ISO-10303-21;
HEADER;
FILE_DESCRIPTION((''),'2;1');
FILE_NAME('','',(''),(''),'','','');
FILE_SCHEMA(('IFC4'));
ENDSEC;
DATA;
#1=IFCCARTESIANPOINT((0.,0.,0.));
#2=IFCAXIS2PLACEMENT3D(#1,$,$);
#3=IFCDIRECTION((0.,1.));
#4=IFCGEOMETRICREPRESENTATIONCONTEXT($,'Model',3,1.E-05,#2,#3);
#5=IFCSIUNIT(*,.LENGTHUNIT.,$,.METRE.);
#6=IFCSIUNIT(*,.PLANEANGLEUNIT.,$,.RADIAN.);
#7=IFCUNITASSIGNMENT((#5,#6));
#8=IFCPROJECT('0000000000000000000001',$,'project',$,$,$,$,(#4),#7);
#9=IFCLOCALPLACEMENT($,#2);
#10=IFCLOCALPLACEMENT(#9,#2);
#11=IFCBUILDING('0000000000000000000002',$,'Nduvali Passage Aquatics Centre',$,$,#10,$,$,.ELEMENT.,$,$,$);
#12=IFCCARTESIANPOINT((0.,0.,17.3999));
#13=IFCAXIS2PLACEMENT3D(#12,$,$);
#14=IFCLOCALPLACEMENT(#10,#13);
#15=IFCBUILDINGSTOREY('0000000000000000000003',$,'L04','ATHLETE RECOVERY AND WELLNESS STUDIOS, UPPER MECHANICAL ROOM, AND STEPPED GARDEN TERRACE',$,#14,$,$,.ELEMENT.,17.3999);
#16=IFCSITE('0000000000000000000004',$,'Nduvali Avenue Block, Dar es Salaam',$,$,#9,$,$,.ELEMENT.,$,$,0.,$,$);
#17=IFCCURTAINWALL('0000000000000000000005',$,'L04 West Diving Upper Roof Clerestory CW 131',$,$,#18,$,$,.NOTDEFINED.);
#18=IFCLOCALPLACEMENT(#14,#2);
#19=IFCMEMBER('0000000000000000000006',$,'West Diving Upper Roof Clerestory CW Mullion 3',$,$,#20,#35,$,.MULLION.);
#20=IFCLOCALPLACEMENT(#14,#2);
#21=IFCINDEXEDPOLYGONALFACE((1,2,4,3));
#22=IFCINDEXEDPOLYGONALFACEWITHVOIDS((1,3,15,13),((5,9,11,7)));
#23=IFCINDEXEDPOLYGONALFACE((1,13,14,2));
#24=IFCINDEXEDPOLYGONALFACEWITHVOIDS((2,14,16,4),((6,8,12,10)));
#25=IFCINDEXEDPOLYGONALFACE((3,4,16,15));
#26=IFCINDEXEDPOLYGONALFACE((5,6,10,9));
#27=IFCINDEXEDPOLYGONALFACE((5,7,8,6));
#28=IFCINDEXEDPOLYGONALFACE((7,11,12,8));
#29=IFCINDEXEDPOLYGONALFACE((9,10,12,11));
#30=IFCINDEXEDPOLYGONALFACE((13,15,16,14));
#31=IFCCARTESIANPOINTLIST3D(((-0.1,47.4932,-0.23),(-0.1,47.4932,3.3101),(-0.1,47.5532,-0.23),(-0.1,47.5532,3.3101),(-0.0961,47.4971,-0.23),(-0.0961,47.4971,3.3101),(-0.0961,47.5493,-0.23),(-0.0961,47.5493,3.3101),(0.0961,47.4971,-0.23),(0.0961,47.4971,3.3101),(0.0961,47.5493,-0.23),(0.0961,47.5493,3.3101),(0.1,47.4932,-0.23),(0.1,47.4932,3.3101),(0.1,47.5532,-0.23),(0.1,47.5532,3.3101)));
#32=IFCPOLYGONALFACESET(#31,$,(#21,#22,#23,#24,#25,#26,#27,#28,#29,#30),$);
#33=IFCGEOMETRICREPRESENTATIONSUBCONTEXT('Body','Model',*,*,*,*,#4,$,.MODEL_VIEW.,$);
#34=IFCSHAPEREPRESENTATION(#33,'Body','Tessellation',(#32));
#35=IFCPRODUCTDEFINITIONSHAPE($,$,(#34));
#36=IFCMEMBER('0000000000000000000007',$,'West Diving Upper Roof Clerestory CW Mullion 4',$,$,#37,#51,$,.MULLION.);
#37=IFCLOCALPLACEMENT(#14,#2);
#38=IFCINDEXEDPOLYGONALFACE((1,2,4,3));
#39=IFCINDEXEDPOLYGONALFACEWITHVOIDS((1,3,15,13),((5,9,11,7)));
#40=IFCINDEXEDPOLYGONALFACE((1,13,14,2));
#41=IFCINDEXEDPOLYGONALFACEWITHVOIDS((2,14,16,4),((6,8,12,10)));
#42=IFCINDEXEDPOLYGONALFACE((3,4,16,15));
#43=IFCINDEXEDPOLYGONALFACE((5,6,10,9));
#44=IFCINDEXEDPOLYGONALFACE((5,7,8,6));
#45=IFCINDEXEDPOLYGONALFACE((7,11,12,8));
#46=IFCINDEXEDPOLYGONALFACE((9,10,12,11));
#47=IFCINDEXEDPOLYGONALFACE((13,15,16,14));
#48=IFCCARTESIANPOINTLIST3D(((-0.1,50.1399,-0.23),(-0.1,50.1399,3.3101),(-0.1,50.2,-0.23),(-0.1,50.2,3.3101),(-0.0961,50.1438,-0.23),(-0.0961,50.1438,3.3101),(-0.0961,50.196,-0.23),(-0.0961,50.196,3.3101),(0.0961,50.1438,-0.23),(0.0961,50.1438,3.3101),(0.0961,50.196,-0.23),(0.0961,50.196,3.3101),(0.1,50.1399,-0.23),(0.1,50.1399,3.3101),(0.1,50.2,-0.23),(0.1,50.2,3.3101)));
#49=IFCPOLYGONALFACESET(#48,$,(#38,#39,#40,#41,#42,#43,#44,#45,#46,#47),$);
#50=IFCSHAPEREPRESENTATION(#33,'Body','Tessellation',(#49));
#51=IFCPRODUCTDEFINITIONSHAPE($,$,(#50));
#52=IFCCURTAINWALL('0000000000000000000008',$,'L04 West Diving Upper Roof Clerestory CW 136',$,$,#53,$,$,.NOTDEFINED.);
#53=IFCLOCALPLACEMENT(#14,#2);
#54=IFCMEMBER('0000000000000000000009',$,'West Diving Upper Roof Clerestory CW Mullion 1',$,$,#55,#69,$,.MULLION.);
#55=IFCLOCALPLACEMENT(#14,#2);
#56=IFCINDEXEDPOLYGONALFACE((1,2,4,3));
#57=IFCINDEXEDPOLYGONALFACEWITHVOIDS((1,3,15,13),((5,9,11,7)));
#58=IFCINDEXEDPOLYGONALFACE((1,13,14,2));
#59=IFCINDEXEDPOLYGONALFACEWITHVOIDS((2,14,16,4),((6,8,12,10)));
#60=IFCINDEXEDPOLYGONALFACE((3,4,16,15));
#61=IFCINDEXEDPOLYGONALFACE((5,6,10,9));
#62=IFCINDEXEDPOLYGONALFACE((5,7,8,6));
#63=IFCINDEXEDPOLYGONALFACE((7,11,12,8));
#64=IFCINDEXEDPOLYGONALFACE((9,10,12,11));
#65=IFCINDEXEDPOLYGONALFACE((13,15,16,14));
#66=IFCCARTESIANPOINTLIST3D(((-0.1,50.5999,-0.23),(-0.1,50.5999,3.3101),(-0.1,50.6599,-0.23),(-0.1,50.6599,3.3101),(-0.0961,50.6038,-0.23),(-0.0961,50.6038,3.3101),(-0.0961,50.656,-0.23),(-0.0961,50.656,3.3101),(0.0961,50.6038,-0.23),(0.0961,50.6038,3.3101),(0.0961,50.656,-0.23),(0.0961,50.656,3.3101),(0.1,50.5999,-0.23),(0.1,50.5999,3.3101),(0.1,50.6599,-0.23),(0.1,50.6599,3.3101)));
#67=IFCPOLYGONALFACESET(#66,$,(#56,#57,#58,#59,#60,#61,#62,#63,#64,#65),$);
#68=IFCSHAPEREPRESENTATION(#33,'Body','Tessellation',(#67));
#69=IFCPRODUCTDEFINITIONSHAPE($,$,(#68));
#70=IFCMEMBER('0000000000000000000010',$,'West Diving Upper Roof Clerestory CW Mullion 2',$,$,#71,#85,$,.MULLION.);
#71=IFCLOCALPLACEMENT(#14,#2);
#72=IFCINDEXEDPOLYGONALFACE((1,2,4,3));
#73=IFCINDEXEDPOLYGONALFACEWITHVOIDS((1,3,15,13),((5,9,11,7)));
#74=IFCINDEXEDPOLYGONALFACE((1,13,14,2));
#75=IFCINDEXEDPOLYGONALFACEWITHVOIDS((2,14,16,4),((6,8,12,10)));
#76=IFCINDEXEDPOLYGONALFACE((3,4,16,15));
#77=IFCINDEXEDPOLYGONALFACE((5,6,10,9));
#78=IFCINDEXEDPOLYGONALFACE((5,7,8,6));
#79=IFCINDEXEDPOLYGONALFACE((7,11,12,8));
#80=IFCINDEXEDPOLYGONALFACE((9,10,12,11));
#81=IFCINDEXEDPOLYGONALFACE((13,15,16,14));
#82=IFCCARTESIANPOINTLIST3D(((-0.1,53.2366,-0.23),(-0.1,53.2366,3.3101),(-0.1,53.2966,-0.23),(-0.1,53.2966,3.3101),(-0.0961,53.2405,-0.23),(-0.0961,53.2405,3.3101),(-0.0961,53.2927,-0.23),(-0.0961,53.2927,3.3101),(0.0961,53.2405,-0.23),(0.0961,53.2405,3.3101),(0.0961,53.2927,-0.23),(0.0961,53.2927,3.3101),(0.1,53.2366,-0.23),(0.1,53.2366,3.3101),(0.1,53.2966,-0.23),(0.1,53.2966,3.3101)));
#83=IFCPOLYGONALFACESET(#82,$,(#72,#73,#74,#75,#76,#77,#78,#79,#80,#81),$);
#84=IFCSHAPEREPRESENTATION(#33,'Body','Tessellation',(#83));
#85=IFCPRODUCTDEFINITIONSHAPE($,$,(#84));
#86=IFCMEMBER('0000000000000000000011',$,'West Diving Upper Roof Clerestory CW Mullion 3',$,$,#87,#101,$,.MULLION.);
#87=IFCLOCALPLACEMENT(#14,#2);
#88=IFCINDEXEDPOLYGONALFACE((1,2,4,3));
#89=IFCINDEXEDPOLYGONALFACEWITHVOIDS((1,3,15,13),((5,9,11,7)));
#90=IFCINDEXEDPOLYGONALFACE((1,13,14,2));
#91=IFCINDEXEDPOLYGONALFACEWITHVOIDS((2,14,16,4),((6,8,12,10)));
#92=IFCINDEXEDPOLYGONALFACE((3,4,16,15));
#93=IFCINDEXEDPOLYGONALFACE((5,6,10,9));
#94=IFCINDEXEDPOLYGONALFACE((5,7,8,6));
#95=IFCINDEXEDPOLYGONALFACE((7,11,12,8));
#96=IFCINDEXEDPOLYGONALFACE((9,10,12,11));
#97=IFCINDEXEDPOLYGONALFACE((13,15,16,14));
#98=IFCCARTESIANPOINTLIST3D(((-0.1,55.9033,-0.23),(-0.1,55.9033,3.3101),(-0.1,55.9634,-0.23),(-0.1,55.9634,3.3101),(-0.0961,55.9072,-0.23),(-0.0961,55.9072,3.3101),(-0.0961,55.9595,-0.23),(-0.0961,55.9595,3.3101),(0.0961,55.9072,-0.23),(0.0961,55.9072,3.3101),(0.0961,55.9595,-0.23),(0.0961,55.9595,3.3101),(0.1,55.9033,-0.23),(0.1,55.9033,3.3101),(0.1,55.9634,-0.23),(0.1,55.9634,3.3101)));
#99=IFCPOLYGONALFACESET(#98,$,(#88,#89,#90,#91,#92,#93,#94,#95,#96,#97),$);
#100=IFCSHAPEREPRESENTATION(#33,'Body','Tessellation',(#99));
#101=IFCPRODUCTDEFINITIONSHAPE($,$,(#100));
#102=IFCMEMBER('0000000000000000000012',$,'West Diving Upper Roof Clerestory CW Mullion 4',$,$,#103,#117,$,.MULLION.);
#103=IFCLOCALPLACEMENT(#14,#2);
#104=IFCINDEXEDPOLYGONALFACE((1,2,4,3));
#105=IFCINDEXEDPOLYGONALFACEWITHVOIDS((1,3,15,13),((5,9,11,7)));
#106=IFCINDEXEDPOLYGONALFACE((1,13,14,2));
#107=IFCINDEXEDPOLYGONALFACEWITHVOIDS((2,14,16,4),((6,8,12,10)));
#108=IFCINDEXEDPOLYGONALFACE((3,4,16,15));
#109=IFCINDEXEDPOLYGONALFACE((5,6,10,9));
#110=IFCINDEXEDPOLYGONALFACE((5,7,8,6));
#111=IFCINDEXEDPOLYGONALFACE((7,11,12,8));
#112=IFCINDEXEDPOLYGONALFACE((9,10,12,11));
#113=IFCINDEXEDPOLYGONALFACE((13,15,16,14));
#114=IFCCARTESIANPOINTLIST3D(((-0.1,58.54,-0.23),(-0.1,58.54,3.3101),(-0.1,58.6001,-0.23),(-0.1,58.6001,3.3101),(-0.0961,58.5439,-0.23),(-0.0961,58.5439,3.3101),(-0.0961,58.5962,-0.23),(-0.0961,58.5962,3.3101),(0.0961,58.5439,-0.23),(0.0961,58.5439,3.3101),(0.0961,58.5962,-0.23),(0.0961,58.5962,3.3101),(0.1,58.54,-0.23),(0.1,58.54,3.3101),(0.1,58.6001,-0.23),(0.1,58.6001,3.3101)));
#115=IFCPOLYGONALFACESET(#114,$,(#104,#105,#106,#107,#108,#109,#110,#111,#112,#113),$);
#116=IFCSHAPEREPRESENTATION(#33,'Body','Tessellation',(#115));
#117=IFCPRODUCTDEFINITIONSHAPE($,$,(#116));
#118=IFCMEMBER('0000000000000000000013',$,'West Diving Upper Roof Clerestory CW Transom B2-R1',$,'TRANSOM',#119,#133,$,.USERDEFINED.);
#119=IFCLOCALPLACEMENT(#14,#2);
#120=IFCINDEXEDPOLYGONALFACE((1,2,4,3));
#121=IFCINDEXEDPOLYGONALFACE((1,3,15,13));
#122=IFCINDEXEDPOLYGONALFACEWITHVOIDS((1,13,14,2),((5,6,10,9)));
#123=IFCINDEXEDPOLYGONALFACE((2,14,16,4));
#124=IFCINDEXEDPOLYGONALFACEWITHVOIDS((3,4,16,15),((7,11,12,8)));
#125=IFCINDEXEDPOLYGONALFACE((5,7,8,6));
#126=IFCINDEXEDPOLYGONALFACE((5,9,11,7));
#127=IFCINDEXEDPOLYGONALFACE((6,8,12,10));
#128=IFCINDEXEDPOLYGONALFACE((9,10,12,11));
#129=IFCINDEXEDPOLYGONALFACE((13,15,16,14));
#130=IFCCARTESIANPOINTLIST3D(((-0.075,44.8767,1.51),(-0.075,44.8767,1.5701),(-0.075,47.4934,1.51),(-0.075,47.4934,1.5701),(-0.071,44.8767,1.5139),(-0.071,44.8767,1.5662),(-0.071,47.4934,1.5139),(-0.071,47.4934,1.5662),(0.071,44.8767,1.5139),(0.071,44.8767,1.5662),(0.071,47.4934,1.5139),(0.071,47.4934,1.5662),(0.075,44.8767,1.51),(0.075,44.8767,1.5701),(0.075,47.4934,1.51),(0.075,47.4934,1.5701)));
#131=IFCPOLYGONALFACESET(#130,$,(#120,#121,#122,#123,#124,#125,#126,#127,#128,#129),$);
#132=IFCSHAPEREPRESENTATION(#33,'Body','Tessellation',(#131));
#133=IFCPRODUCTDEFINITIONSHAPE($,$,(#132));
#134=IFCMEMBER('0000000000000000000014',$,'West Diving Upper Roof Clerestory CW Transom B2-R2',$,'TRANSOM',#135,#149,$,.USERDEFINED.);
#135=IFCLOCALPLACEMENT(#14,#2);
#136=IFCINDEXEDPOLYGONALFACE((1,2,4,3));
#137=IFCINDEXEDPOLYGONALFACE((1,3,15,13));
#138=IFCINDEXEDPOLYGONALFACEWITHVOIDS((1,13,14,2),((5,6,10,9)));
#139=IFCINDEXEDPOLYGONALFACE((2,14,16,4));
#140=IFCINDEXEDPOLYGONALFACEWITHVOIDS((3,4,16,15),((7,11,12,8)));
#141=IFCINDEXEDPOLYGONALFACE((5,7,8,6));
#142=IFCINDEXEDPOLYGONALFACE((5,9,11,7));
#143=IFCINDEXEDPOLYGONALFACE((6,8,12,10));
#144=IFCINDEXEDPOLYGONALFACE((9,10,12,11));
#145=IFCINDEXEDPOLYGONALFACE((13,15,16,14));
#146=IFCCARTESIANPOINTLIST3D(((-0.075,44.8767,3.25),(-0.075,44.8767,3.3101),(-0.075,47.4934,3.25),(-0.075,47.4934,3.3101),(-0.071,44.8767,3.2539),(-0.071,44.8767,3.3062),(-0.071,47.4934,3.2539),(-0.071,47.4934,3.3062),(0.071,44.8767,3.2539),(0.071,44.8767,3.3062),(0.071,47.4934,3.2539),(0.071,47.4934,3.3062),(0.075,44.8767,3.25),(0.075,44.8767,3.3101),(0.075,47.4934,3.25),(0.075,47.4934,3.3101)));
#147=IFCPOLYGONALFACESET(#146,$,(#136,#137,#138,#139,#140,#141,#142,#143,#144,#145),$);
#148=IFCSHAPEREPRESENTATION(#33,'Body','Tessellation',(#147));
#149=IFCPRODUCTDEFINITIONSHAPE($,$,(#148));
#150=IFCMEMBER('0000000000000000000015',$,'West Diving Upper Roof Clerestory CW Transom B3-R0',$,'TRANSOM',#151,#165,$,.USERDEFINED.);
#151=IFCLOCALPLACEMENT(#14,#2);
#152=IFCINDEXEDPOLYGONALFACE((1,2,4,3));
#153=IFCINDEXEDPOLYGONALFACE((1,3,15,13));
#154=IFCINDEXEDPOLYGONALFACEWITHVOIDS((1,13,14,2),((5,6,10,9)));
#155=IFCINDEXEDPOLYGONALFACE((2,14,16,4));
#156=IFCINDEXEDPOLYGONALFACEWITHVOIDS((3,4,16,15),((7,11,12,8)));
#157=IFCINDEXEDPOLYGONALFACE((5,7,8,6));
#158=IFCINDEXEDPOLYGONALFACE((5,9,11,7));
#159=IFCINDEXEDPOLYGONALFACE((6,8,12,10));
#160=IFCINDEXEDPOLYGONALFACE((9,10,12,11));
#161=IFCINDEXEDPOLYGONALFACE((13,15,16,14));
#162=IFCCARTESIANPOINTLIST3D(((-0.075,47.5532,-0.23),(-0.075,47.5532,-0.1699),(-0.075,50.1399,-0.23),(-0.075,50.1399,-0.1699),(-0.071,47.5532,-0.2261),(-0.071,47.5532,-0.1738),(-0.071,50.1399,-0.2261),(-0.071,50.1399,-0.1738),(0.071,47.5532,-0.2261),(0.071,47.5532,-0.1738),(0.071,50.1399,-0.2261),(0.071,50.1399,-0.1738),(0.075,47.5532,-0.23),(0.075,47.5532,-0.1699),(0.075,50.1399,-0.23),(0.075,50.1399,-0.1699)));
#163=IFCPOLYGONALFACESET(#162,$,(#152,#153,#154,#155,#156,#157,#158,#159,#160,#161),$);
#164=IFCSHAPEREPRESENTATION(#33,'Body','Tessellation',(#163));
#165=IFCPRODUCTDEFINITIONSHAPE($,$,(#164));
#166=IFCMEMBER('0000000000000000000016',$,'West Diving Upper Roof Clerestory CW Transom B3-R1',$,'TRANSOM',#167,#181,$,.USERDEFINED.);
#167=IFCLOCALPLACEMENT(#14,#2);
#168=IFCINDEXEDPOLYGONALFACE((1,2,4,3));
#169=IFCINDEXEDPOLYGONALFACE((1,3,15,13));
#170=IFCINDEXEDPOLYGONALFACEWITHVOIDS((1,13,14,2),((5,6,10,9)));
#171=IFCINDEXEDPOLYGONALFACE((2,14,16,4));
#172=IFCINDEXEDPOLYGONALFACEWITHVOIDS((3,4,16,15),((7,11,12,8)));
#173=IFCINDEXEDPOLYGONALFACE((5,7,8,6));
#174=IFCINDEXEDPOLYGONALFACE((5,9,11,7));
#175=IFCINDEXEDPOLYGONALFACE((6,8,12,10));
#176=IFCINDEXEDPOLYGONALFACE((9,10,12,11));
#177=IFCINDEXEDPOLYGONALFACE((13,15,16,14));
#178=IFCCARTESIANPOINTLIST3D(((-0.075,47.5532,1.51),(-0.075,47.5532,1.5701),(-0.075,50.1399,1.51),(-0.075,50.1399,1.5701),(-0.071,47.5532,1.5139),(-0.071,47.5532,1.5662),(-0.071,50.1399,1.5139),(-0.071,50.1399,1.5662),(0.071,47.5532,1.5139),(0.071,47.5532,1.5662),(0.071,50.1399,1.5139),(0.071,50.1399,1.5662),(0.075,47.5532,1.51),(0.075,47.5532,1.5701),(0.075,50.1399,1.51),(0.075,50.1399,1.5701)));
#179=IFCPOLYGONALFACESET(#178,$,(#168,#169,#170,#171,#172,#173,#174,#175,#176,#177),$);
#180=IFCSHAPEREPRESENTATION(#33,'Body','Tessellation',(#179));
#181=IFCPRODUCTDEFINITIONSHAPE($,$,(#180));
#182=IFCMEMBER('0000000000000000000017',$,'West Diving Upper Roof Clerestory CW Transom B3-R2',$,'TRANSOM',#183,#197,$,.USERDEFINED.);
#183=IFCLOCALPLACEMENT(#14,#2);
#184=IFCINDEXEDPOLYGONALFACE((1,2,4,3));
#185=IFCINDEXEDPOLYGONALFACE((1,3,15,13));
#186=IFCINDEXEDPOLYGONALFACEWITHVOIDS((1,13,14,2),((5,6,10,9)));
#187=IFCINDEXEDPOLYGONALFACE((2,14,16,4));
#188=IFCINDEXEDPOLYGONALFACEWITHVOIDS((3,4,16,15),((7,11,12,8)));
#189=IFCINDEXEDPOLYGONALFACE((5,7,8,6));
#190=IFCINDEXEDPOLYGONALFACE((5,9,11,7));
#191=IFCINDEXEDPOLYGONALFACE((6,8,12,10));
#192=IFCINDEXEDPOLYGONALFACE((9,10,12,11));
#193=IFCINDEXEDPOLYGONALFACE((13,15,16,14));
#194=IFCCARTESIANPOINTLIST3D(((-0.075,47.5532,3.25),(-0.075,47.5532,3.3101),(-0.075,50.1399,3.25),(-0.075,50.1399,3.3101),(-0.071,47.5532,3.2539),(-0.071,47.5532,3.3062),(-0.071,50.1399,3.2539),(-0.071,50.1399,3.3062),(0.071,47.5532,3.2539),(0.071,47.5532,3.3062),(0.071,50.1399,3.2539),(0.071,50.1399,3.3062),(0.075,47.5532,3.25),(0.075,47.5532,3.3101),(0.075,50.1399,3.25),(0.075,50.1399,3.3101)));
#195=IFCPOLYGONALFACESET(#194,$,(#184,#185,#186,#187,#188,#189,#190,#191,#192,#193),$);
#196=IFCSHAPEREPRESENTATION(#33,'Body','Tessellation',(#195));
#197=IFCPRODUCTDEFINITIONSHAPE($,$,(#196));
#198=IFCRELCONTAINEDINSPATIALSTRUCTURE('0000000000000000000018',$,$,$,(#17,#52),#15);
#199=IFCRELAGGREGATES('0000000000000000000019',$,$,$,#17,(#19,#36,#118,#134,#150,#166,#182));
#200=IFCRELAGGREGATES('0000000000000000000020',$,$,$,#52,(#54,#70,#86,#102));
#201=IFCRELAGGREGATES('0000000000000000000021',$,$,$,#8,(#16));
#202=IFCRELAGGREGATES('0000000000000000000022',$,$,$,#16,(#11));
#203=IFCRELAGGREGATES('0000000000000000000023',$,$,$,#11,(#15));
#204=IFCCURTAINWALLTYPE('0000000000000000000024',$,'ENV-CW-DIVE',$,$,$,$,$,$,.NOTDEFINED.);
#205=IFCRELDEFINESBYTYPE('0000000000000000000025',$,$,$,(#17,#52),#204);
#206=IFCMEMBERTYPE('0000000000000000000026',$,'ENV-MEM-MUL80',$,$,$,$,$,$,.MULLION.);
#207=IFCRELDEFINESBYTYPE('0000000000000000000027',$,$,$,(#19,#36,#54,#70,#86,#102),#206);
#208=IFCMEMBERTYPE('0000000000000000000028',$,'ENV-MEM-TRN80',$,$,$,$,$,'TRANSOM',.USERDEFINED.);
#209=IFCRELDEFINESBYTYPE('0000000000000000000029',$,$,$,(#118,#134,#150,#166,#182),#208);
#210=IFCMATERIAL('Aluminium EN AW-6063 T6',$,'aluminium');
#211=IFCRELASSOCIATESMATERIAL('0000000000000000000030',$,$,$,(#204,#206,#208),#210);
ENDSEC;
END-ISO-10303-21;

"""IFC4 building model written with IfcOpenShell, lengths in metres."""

from ifc_helpers import new_model, si_unit, direction, frame, origin, origin_2d, place, context, subcontext, project, spatial, hollow_rectangle, extrude, material, material_profile, profile_set, type_object, element, aggregate, save


model = new_model("IFC4")

# Units and contexts
model_context = context("Model", 3, precision=1e-05, world=origin(), true_north=direction((0.0, 1.0)))
body_context = subcontext(model_context, "Body", "Model", "MODEL_VIEW")
ifc_project = project(units=[si_unit("LENGTHUNIT", "METRE"), si_unit("PLANEANGLEUNIT", "RADIAN")], contexts=[model_context])

# Site, building, storey
site_placement = place(None, origin())
site = spatial("IfcSite", under=ifc_project, at=site_placement, Name="Nduvali Avenue Block, Dar es Salaam", CompositionType="ELEMENT", RefElevation=0.0)
building_placement = place(site_placement, origin())
building = spatial("IfcBuilding", under=site, at=building_placement, Name="Nduvali Passage Aquatics Centre", CompositionType="ELEMENT")
storey_placement = place(building_placement, frame((0.0, 0.0, 17.3999)))
storey = spatial("IfcBuildingStorey", under=building, at=storey_placement, Name="L04", Description="ATHLETE RECOVERY AND WELLNESS STUDIOS, UPPER MECHANICAL ROOM, AND STEPPED GARDEN TERRACE", CompositionType="ELEMENT", Elevation=17.3999)

# Curtain walls, members
ifc_material_1 = material(Name="Aluminium EN AW-6063 T6", Category="aluminium")
curtain_wall_type = type_object("IfcCurtainWallType", Name="ENV-CW-DIVE", PredefinedType="NOTDEFINED", material=ifc_material_1)
curtain_wall_1_placement = place(storey_placement, origin())
curtain_wall_1 = element("IfcCurtainWall", 1, at=curtain_wall_1_placement, inside=storey, type_object=curtain_wall_type, Name="L04 West Diving Upper Roof Clerestory CW 131", PredefinedType="NOTDEFINED")
ifc_material_profile_1 = material_profile(ifc_material_1, hollow_rectangle(XDim=0.0601, YDim=0.2, WallThickness=0.0039, at=origin_2d()), Name="ALU MULLION 60x200x4")
ifc_profile_set_1 = profile_set([ifc_material_profile_1], Name="Aluminium EN AW-6063 T6")
member_type_1 = type_object("IfcMemberType", Name="ENV-MEM-MUL80", PredefinedType="MULLION", material=ifc_profile_set_1)
member_1_placement = place(storey_placement, frame((0.0, 47.5232, -0.23), z_axis=(0.0, 0.0, 1.0), x_axis=(0.0, 1.0, 0.0)))
member_1 = element("IfcMember", 2, at=member_1_placement, type_object=member_type_1, Name="West Diving Upper Roof Clerestory CW Mullion 3", PredefinedType="MULLION", context=body_context, shape_type="SweptSolid", body=[
    extrude(hollow_rectangle(XDim=0.0601, YDim=0.2, WallThickness=0.0039, at=origin_2d()), origin(), (0.0, 0.0, 1.0), 3.54),
])
member_2_placement = place(storey_placement, frame((0.0, 50.1699, -0.23), z_axis=(0.0, 0.0, 1.0), x_axis=(0.0, 1.0, 0.0)))
member_2 = element("IfcMember", 3, at=member_2_placement, type_object=member_type_1, Name="West Diving Upper Roof Clerestory CW Mullion 4", PredefinedType="MULLION", context=body_context, shape_type="SweptSolid", body=[
    extrude(hollow_rectangle(XDim=0.0601, YDim=0.2, WallThickness=0.0039, at=origin_2d()), origin(), (0.0, 0.0, 1.0), 3.54),
])
curtain_wall_2_placement = place(storey_placement, origin())
curtain_wall_2 = element("IfcCurtainWall", 4, at=curtain_wall_2_placement, inside=storey, type_object=curtain_wall_type, Name="L04 West Diving Upper Roof Clerestory CW 136", PredefinedType="NOTDEFINED")
member_3_placement = place(storey_placement, frame((0.0, 50.6299, -0.23), z_axis=(0.0, 0.0, 1.0), x_axis=(0.0, 1.0, 0.0)))
member_3 = element("IfcMember", 5, at=member_3_placement, type_object=member_type_1, Name="West Diving Upper Roof Clerestory CW Mullion 1", PredefinedType="MULLION", context=body_context, shape_type="SweptSolid", body=[
    extrude(hollow_rectangle(XDim=0.0601, YDim=0.2, WallThickness=0.0039, at=origin_2d()), origin(), (0.0, 0.0, 1.0), 3.54),
])
member_4_placement = place(storey_placement, frame((0.0, 53.2666, -0.23), z_axis=(0.0, 0.0, 1.0), x_axis=(0.0, 1.0, 0.0)))
member_4 = element("IfcMember", 6, at=member_4_placement, type_object=member_type_1, Name="West Diving Upper Roof Clerestory CW Mullion 2", PredefinedType="MULLION", context=body_context, shape_type="SweptSolid", body=[
    extrude(hollow_rectangle(XDim=0.0601, YDim=0.2, WallThickness=0.0039, at=origin_2d()), origin(), (0.0, 0.0, 1.0), 3.54),
])
member_5_placement = place(storey_placement, frame((0.0, 55.9333, -0.23), z_axis=(0.0, 0.0, 1.0), x_axis=(0.0, 1.0, 0.0)))
member_5 = element("IfcMember", 7, at=member_5_placement, type_object=member_type_1, Name="West Diving Upper Roof Clerestory CW Mullion 3", PredefinedType="MULLION", context=body_context, shape_type="SweptSolid", body=[
    extrude(hollow_rectangle(XDim=0.0601, YDim=0.2, WallThickness=0.0039, at=origin_2d()), origin(), (0.0, 0.0, 1.0), 3.54),
])
member_6_placement = place(storey_placement, frame((0.0, 58.5701, -0.23), z_axis=(0.0, 0.0, 1.0), x_axis=(0.0, 1.0, 0.0)))
member_6 = element("IfcMember", 8, at=member_6_placement, type_object=member_type_1, Name="West Diving Upper Roof Clerestory CW Mullion 4", PredefinedType="MULLION", context=body_context, shape_type="SweptSolid", body=[
    extrude(hollow_rectangle(XDim=0.0601, YDim=0.2, WallThickness=0.0039, at=origin_2d()), origin(), (0.0, 0.0, 1.0), 3.54),
])

# Members
ifc_material_profile_2 = material_profile(ifc_material_1, hollow_rectangle(XDim=0.1499, YDim=0.0601, WallThickness=0.0039, at=origin_2d()), Name="ALU TRANSOM 150x60x4")
ifc_profile_set_2 = profile_set([ifc_material_profile_2], Name="Aluminium EN AW-6063 T6")
member_type_2 = type_object("IfcMemberType", Name="ENV-MEM-TRN80", ElementType="TRANSOM", PredefinedType="USERDEFINED", material=ifc_profile_set_2)
member_7_placement = place(storey_placement, frame((0.0, 44.8767, 1.54), z_axis=(0.0, 1.0, 0.0), x_axis=(-1.0, 0.0, 0.0)))
member_7 = element("IfcMember", 9, at=member_7_placement, type_object=member_type_2, Name="West Diving Upper Roof Clerestory CW Transom B2-R1", ObjectType="TRANSOM", PredefinedType="USERDEFINED", context=body_context, shape_type="SweptSolid", body=[
    extrude(hollow_rectangle(XDim=0.1499, YDim=0.0601, WallThickness=0.0039, at=origin_2d()), origin(), (0.0, 0.0, 1.0), 2.6167),
])
member_8_placement = place(storey_placement, frame((0.0, 44.8767, 3.28), z_axis=(0.0, 1.0, 0.0), x_axis=(-1.0, 0.0, 0.0)))
member_8 = element("IfcMember", 10, at=member_8_placement, type_object=member_type_2, Name="West Diving Upper Roof Clerestory CW Transom B2-R2", ObjectType="TRANSOM", PredefinedType="USERDEFINED", context=body_context, shape_type="SweptSolid", body=[
    extrude(hollow_rectangle(XDim=0.1499, YDim=0.0601, WallThickness=0.0039, at=origin_2d()), origin(), (0.0, 0.0, 1.0), 2.6167),
])
member_9_placement = place(storey_placement, frame((0.0, 47.5532, -0.2), z_axis=(0.0, 1.0, 0.0), x_axis=(-1.0, 0.0, 0.0)))
member_9 = element("IfcMember", 11, at=member_9_placement, type_object=member_type_2, Name="West Diving Upper Roof Clerestory CW Transom B3-R0", ObjectType="TRANSOM", PredefinedType="USERDEFINED", context=body_context, shape_type="SweptSolid", body=[
    extrude(hollow_rectangle(XDim=0.1499, YDim=0.0601, WallThickness=0.0039, at=origin_2d()), origin(), (0.0, 0.0, 1.0), 2.5867),
])
member_10_placement = place(storey_placement, frame((0.0, 47.5532, 1.54), z_axis=(0.0, 1.0, 0.0), x_axis=(-1.0, 0.0, 0.0)))
member_10 = element("IfcMember", 12, at=member_10_placement, type_object=member_type_2, Name="West Diving Upper Roof Clerestory CW Transom B3-R1", ObjectType="TRANSOM", PredefinedType="USERDEFINED", context=body_context, shape_type="SweptSolid", body=[
    extrude(hollow_rectangle(XDim=0.1499, YDim=0.0601, WallThickness=0.0039, at=origin_2d()), origin(), (0.0, 0.0, 1.0), 2.5867),
])
member_11_placement = place(storey_placement, frame((0.0, 47.5532, 3.28), z_axis=(0.0, 1.0, 0.0), x_axis=(-1.0, 0.0, 0.0)))
member_11 = element("IfcMember", 13, at=member_11_placement, type_object=member_type_2, Name="West Diving Upper Roof Clerestory CW Transom B3-R2", ObjectType="TRANSOM", PredefinedType="USERDEFINED", context=body_context, shape_type="SweptSolid", body=[
    extrude(hollow_rectangle(XDim=0.1499, YDim=0.0601, WallThickness=0.0039, at=origin_2d()), origin(), (0.0, 0.0, 1.0), 2.5867),
])

aggregate(curtain_wall_1, [member_1, member_2, member_7, member_8, member_9, member_10, member_11])
aggregate(curtain_wall_2, [member_3, member_4, member_5, member_6])

save(model, "model.ifc")
